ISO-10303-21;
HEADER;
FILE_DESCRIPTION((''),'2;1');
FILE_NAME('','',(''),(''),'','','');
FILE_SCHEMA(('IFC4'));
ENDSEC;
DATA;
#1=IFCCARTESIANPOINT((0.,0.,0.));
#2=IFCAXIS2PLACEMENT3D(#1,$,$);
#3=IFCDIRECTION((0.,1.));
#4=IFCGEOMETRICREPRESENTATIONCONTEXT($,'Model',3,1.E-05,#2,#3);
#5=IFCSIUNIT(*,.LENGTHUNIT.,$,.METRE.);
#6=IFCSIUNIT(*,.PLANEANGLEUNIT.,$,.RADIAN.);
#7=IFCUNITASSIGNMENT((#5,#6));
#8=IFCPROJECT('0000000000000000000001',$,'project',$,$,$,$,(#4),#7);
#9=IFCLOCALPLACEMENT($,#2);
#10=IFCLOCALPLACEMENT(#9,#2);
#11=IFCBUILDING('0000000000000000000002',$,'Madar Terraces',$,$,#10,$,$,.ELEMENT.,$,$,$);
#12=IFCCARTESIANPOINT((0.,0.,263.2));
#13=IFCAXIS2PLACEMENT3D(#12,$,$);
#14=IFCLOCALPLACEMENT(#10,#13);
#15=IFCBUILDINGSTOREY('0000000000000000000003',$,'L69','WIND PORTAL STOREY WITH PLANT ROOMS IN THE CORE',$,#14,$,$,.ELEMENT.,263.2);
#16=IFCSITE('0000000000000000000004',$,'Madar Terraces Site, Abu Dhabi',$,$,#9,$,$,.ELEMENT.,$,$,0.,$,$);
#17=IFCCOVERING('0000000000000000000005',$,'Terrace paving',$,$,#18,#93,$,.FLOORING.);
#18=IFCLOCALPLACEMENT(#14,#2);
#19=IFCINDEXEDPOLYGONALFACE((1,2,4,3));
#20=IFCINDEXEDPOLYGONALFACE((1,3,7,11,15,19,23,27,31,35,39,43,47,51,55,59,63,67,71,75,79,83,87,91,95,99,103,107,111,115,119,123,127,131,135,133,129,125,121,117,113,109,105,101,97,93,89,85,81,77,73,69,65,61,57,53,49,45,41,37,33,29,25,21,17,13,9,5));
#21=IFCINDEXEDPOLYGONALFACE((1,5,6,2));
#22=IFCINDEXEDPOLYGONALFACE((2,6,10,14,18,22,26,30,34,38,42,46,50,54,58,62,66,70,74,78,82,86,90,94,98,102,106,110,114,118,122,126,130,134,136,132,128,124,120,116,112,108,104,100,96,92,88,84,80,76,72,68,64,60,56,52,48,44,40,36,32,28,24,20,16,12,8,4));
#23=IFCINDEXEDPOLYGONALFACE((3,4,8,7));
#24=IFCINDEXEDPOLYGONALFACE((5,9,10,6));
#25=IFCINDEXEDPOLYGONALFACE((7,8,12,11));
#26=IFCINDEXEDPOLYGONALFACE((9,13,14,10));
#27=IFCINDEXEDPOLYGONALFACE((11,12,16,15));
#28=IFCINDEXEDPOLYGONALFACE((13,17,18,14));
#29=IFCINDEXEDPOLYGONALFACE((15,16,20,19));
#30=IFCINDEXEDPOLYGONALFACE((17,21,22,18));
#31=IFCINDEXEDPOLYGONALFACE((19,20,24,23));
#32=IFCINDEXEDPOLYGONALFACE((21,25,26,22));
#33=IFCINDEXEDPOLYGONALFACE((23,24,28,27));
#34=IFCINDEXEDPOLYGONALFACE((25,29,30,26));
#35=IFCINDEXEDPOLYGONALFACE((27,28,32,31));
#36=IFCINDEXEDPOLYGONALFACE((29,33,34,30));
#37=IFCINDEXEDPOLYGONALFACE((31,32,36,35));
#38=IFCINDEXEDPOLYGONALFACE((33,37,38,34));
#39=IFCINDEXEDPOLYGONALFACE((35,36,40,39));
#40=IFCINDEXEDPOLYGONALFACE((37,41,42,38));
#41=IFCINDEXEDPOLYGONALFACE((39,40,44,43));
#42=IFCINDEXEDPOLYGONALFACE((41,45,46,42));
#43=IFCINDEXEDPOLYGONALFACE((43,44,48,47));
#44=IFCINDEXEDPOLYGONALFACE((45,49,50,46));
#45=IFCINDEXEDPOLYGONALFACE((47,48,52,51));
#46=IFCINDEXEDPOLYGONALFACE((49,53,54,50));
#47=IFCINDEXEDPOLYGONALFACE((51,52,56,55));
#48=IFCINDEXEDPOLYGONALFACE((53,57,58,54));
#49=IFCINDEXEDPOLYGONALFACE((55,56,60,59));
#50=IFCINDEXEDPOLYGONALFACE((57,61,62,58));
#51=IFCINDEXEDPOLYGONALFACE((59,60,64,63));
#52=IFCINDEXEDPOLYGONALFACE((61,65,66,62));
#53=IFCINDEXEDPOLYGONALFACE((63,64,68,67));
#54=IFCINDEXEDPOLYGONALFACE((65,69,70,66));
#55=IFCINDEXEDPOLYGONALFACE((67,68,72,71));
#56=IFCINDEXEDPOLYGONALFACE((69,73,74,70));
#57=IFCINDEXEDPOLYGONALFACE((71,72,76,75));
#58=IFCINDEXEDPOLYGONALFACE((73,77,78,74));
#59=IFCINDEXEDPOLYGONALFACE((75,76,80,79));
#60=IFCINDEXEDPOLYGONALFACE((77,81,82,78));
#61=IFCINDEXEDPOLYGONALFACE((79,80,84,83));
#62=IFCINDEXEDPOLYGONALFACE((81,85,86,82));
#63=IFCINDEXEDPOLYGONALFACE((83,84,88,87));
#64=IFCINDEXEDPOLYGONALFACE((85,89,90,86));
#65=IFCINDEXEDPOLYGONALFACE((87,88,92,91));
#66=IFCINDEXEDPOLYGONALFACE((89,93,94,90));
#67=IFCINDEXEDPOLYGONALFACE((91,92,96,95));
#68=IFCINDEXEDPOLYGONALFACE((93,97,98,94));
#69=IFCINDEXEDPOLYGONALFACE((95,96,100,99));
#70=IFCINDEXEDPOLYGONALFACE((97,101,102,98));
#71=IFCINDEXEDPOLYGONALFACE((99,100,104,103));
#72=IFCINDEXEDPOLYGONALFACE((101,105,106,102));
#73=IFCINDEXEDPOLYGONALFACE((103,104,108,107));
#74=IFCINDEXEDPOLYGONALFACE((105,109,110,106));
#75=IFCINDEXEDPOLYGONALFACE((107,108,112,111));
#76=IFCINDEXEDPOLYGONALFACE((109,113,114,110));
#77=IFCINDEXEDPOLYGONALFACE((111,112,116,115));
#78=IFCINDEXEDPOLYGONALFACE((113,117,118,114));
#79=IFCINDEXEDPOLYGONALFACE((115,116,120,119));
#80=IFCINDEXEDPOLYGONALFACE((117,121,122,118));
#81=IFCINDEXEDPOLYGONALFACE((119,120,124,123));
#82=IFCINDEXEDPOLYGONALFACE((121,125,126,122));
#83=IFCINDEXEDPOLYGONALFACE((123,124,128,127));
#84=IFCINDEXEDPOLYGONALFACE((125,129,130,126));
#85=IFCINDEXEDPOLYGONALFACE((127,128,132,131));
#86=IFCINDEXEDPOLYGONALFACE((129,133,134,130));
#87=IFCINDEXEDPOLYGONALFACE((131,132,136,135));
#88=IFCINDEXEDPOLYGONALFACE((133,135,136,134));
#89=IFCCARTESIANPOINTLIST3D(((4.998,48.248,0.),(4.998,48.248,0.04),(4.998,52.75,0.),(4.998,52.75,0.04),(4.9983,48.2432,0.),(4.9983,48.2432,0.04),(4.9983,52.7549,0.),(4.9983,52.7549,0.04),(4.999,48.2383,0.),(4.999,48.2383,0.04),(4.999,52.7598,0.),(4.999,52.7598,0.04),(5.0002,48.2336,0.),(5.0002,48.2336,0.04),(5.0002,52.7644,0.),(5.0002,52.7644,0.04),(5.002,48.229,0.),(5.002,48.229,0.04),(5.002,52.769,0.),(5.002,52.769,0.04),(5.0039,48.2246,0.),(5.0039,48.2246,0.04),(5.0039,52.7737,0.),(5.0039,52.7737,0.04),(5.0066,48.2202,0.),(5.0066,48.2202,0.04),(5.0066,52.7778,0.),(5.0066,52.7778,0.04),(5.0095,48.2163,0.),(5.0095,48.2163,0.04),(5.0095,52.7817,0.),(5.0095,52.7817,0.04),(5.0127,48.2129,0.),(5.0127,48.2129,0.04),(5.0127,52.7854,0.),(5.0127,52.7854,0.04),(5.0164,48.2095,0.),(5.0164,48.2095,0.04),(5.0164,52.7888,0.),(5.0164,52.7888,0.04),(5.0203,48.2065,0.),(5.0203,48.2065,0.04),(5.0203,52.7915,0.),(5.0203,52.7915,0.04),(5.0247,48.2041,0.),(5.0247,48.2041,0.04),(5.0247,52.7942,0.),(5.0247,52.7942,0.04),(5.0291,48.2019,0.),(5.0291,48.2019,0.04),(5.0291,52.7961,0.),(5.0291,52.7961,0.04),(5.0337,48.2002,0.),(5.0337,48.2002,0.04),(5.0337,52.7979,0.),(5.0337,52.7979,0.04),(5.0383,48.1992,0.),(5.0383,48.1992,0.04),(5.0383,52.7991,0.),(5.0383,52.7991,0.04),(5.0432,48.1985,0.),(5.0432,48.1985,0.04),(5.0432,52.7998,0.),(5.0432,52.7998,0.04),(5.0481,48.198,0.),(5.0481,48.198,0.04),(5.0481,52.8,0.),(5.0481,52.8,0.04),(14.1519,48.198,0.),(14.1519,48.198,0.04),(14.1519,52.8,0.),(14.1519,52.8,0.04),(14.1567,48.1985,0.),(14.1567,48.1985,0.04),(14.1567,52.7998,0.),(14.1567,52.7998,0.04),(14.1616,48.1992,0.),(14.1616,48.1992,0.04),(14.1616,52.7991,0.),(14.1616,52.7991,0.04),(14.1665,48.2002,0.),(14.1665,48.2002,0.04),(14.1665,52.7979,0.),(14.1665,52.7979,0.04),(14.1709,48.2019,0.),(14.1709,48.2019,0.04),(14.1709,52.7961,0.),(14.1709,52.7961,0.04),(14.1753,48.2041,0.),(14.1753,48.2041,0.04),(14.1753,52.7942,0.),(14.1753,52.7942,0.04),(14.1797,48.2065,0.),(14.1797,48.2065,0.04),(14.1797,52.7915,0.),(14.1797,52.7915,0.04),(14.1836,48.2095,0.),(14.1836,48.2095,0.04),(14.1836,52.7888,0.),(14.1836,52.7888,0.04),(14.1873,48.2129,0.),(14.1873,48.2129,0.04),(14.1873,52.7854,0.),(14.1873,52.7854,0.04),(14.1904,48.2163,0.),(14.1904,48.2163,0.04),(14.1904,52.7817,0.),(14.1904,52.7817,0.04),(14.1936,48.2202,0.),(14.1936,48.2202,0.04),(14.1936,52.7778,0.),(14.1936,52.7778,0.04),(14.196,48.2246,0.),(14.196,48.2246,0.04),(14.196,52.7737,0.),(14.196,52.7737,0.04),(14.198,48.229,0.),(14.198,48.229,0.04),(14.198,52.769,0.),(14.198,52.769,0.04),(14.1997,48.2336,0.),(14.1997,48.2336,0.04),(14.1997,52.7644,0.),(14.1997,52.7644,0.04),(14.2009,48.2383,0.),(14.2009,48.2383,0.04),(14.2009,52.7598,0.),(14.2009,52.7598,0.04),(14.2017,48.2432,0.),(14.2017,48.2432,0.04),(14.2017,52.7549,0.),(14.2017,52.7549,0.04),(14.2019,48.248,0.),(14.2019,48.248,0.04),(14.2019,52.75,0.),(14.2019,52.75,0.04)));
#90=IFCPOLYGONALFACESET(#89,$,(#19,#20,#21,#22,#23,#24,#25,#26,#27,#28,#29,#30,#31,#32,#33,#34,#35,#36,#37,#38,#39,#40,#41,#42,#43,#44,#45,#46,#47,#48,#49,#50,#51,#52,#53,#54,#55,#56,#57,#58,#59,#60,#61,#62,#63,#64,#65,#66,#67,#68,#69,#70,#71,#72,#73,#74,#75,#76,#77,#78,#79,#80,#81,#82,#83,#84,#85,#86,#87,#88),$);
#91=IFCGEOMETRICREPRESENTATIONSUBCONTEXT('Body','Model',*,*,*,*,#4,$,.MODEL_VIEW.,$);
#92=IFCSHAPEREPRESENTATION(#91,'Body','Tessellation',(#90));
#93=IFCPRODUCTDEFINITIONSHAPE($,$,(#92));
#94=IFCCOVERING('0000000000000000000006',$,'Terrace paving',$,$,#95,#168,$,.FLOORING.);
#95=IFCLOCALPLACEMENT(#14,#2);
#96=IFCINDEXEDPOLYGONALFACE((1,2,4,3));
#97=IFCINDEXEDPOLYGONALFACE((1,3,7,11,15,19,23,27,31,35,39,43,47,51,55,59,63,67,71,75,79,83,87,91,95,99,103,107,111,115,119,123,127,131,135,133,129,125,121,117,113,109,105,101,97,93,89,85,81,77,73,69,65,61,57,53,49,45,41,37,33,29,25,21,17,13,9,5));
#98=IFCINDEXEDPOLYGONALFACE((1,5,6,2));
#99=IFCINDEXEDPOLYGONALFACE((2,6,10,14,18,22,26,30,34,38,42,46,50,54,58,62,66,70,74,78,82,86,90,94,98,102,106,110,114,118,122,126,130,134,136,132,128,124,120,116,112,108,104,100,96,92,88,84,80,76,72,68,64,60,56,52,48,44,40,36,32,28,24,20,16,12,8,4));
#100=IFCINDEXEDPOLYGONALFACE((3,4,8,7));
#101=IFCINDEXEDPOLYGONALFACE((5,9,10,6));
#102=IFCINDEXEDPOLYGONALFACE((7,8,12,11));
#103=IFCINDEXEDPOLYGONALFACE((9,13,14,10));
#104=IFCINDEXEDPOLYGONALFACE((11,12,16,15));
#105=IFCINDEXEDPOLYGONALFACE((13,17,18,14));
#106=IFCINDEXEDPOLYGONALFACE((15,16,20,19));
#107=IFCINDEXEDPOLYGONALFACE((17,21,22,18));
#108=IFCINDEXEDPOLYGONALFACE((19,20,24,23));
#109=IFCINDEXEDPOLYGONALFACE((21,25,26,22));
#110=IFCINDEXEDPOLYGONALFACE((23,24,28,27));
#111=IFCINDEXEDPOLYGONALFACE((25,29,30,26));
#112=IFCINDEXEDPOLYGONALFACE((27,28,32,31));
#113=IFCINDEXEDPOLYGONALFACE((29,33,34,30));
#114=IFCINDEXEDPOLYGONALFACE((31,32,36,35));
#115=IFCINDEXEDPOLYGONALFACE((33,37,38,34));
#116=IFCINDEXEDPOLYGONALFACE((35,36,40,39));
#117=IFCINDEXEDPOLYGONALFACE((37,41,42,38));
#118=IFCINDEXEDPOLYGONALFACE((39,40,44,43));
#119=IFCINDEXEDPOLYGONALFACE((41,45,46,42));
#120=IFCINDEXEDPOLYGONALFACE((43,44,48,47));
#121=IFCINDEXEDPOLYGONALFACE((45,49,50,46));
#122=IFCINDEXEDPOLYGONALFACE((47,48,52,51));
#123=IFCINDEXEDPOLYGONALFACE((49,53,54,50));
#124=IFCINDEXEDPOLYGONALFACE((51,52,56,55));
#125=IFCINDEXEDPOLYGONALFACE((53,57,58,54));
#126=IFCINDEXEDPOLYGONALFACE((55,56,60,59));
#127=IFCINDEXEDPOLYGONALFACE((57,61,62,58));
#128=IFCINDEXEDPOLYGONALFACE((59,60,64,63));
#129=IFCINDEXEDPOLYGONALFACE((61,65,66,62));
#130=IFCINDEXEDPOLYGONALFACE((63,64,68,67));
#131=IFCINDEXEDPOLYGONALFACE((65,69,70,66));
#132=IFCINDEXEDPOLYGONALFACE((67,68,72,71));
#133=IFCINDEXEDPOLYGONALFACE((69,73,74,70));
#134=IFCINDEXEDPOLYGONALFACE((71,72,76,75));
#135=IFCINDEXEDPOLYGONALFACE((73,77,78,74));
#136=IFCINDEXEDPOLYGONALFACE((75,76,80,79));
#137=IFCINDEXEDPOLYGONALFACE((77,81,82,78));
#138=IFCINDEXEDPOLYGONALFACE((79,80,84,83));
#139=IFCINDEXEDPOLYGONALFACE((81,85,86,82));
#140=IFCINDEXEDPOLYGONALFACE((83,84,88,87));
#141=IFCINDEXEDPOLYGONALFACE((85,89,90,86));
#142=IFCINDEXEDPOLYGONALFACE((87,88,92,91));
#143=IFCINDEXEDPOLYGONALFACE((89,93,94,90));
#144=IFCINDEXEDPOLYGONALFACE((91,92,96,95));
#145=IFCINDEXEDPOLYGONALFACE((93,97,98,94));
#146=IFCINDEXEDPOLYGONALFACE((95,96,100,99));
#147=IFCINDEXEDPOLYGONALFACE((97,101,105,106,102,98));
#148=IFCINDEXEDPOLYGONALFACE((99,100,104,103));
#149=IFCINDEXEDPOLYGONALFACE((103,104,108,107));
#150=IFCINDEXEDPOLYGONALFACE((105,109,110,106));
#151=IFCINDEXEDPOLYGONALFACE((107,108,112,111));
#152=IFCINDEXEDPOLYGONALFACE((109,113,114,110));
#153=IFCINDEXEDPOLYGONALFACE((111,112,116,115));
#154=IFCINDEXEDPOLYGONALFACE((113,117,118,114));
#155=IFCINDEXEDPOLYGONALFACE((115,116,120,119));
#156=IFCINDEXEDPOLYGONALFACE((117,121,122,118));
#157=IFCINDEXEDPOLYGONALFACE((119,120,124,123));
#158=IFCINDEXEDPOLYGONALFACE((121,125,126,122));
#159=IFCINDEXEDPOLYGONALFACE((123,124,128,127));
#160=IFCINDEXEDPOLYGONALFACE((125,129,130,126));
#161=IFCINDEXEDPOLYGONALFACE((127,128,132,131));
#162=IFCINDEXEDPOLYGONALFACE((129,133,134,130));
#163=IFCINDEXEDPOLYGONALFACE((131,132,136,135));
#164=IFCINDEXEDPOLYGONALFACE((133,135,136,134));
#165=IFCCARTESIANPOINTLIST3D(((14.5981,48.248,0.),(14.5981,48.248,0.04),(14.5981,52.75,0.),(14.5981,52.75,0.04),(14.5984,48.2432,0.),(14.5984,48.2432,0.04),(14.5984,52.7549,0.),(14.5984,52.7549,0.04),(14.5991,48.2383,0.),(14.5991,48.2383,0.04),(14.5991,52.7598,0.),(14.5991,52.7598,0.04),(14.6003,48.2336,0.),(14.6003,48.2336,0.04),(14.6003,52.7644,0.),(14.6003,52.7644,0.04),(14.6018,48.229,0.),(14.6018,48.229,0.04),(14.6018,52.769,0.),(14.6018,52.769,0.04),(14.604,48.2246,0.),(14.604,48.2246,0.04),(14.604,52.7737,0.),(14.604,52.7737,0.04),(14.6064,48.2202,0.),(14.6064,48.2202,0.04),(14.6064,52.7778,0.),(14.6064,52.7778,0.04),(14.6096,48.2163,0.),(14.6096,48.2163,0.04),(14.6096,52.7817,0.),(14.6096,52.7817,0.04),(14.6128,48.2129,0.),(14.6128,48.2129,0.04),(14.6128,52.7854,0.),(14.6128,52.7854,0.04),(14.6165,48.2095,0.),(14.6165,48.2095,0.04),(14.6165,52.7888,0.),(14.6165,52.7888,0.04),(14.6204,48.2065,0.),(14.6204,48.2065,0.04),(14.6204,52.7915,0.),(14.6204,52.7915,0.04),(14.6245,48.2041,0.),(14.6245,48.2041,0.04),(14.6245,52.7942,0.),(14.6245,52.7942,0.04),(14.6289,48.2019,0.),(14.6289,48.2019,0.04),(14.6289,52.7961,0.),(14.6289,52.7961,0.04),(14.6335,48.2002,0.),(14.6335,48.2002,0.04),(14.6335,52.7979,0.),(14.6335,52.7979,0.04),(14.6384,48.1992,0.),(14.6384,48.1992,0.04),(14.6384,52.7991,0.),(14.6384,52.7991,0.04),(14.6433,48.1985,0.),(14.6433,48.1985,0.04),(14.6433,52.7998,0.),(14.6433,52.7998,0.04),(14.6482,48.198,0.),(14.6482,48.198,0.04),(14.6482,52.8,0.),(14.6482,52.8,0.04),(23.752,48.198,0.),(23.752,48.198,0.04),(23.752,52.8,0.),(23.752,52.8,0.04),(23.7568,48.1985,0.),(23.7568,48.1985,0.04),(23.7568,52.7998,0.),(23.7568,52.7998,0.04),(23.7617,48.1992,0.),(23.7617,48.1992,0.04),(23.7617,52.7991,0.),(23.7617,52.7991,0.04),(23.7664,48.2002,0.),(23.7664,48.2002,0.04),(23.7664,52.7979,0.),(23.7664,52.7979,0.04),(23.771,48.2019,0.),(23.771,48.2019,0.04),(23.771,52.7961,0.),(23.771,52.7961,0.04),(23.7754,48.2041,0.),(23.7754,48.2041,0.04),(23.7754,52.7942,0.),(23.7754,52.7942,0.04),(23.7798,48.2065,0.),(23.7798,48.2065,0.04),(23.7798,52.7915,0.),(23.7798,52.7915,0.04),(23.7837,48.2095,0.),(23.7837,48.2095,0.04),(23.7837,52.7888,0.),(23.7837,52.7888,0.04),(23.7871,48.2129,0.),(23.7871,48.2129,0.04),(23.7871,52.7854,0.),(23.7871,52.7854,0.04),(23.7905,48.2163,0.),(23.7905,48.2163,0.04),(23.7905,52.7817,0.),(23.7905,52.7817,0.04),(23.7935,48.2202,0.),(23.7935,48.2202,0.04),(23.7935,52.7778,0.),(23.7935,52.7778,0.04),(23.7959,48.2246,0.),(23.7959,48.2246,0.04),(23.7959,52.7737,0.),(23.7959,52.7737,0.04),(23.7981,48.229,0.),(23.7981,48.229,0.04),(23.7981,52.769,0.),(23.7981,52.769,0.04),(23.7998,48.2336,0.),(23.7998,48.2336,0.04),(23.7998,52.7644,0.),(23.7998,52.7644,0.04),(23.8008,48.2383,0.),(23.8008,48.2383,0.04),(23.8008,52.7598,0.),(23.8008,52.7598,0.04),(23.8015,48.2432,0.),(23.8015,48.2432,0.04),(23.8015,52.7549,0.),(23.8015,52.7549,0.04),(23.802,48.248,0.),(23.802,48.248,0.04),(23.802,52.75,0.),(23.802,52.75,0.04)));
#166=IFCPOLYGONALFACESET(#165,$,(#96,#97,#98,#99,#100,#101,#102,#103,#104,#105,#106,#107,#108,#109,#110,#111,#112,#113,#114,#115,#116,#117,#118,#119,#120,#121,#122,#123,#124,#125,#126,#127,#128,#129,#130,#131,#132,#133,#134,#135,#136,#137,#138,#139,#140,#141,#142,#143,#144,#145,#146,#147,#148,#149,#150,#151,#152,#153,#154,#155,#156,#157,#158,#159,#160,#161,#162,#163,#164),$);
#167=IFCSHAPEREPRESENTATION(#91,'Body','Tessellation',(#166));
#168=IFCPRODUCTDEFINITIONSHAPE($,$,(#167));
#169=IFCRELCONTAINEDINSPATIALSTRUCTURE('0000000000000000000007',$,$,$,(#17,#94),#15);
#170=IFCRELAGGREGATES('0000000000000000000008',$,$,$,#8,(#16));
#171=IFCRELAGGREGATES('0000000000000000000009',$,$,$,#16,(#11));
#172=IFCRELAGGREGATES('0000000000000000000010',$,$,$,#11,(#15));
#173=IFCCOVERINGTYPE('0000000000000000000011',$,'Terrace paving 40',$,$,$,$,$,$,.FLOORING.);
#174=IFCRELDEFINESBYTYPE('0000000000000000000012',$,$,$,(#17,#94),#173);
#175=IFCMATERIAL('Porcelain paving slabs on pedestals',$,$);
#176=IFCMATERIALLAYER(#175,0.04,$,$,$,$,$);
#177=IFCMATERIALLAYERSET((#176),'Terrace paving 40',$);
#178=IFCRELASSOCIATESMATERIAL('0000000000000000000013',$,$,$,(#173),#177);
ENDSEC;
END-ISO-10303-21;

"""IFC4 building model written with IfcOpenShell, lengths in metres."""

from ifc_helpers import new_model, si_unit, direction, frame, origin, place, context, subcontext, project, spatial, polyline, outline, extrude, material, layer, layer_set, type_object, element, save


model = new_model("IFC4")

# Units and contexts
model_context = context("Model", 3, precision=1e-05, world=origin(), true_north=direction((0.0, 1.0)))
body_context = subcontext(model_context, "Body", "Model", "MODEL_VIEW")
ifc_project = project(units=[si_unit("LENGTHUNIT", "METRE"), si_unit("PLANEANGLEUNIT", "RADIAN")], contexts=[model_context])

# Site, building, storey
site_placement = place(None, origin())
site = spatial("IfcSite", under=ifc_project, at=site_placement, Name="Madar Terraces Site, Abu Dhabi", CompositionType="ELEMENT", RefElevation=0.0)
building_placement = place(site_placement, origin())
building = spatial("IfcBuilding", under=site, at=building_placement, Name="Madar Terraces", CompositionType="ELEMENT")
storey_placement = place(building_placement, frame((0.0, 0.0, 263.2)))
storey = spatial("IfcBuildingStorey", under=building, at=storey_placement, Name="L69", Description="WIND PORTAL STOREY WITH PLANT ROOMS IN THE CORE", CompositionType="ELEMENT", Elevation=263.2)

# Coverings
ifc_material_1 = material(Name="Porcelain paving slabs on pedestals")
ifc_layer_1 = layer(ifc_material_1, 0.04)
ifc_layer_set_1 = layer_set([ifc_layer_1], Name="Terrace paving 40")
covering_type = type_object("IfcCoveringType", Name="Terrace paving 40", PredefinedType="FLOORING", material=ifc_layer_set_1)
covering_1_placement = place(storey_placement, origin())
element("IfcCovering", 1, at=covering_1_placement, inside=storey, type_object=covering_type, Name="Terrace paving", PredefinedType="FLOORING", context=body_context, shape_type="SweptSolid", body=[
    extrude(outline(polyline([(14.1665, 52.7979), (14.1709, 52.7961), (14.1753, 52.7942), (14.1797, 52.7915), (14.1836, 52.7888), (14.1873, 52.7854), (14.1904, 52.7817), (14.1936, 52.7778), (14.196, 52.7737), (14.198, 52.769), (14.1997, 52.7644), (14.2009, 52.7598), (14.2017, 52.7549), (14.2019, 52.75), (14.2019, 48.248), (14.2017, 48.2432), (14.2009, 48.2383), (14.1997, 48.2336), (14.198, 48.229), (14.196, 48.2246), (14.1936, 48.2202), (14.1904, 48.2163), (14.1873, 48.2129), (14.1836, 48.2095), (14.1797, 48.2065), (14.1753, 48.2041), (14.1709, 48.2019), (14.1665, 48.2002), (14.1616, 48.1992), (14.1567, 48.1985), (14.1519, 48.198), (5.0481, 48.198), (5.0432, 48.1985), (5.0383, 48.1992), (5.0337, 48.2002), (5.0291, 48.2019), (5.0247, 48.2041), (5.0203, 48.2065), (5.0164, 48.2095), (5.0127, 48.2129), (5.0095, 48.2163), (5.0066, 48.2202), (5.0039, 48.2246), (5.002, 48.229), (5.0002, 48.2336), (4.999, 48.2383), (4.9983, 48.2432), (4.998, 48.248), (4.998, 52.75), (4.9983, 52.7549), (4.999, 52.7598), (5.0002, 52.7644), (5.002, 52.769), (5.0039, 52.7737), (5.0066, 52.7778), (5.0095, 52.7817), (5.0127, 52.7854), (5.0164, 52.7888), (5.0203, 52.7915), (5.0247, 52.7942), (5.0291, 52.7961), (5.0337, 52.7979), (5.0383, 52.7991), (5.0432, 52.7998), (5.0481, 52.8), (14.1519, 52.8), (14.1567, 52.7998), (14.1616, 52.7991), (14.1665, 52.7979)])), origin(), (0.0, 0.0, 1.0), 0.04),
])
covering_2_placement = place(storey_placement, origin())
element("IfcCovering", 2, at=covering_2_placement, inside=storey, type_object=covering_type, Name="Terrace paving", PredefinedType="FLOORING", context=body_context, shape_type="SweptSolid", body=[
    extrude(outline(polyline([(23.7664, 52.7979), (23.771, 52.7961), (23.7754, 52.7942), (23.7798, 52.7915), (23.7837, 52.7888), (23.7871, 52.7854), (23.7905, 52.7817), (23.7935, 52.7778), (23.7959, 52.7737), (23.7981, 52.769), (23.7998, 52.7644), (23.8008, 52.7598), (23.8015, 52.7549), (23.802, 52.75), (23.802, 48.248), (23.8015, 48.2432), (23.8008, 48.2383), (23.7998, 48.2336), (23.7981, 48.229), (23.7959, 48.2246), (23.7935, 48.2202), (23.7905, 48.2163), (23.7871, 48.2129), (23.7837, 48.2095), (23.7798, 48.2065), (23.7754, 48.2041), (23.771, 48.2019), (23.7664, 48.2002), (23.7617, 48.1992), (23.7568, 48.1985), (23.752, 48.198), (14.6482, 48.198), (14.6433, 48.1985), (14.6384, 48.1992), (14.6335, 48.2002), (14.6289, 48.2019), (14.6245, 48.2041), (14.6204, 48.2065), (14.6165, 48.2095), (14.6128, 48.2129), (14.6096, 48.2163), (14.6064, 48.2202), (14.604, 48.2246), (14.6018, 48.229), (14.6003, 48.2336), (14.5991, 48.2383), (14.5984, 48.2432), (14.5981, 48.248), (14.5981, 52.75), (14.5984, 52.7549), (14.5991, 52.7598), (14.6003, 52.7644), (14.6018, 52.769), (14.604, 52.7737), (14.6064, 52.7778), (14.6096, 52.7817), (14.6128, 52.7854), (14.6165, 52.7888), (14.6204, 52.7915), (14.6245, 52.7942), (14.6289, 52.7961), (14.6335, 52.7979), (14.6384, 52.7991), (14.6433, 52.7998), (14.6482, 52.8), (23.752, 52.8), (23.7568, 52.7998), (23.7617, 52.7991), (23.7664, 52.7979)])), origin(), (0.0, 0.0, 1.0), 0.04),
])

save(model, "model.ifc")
